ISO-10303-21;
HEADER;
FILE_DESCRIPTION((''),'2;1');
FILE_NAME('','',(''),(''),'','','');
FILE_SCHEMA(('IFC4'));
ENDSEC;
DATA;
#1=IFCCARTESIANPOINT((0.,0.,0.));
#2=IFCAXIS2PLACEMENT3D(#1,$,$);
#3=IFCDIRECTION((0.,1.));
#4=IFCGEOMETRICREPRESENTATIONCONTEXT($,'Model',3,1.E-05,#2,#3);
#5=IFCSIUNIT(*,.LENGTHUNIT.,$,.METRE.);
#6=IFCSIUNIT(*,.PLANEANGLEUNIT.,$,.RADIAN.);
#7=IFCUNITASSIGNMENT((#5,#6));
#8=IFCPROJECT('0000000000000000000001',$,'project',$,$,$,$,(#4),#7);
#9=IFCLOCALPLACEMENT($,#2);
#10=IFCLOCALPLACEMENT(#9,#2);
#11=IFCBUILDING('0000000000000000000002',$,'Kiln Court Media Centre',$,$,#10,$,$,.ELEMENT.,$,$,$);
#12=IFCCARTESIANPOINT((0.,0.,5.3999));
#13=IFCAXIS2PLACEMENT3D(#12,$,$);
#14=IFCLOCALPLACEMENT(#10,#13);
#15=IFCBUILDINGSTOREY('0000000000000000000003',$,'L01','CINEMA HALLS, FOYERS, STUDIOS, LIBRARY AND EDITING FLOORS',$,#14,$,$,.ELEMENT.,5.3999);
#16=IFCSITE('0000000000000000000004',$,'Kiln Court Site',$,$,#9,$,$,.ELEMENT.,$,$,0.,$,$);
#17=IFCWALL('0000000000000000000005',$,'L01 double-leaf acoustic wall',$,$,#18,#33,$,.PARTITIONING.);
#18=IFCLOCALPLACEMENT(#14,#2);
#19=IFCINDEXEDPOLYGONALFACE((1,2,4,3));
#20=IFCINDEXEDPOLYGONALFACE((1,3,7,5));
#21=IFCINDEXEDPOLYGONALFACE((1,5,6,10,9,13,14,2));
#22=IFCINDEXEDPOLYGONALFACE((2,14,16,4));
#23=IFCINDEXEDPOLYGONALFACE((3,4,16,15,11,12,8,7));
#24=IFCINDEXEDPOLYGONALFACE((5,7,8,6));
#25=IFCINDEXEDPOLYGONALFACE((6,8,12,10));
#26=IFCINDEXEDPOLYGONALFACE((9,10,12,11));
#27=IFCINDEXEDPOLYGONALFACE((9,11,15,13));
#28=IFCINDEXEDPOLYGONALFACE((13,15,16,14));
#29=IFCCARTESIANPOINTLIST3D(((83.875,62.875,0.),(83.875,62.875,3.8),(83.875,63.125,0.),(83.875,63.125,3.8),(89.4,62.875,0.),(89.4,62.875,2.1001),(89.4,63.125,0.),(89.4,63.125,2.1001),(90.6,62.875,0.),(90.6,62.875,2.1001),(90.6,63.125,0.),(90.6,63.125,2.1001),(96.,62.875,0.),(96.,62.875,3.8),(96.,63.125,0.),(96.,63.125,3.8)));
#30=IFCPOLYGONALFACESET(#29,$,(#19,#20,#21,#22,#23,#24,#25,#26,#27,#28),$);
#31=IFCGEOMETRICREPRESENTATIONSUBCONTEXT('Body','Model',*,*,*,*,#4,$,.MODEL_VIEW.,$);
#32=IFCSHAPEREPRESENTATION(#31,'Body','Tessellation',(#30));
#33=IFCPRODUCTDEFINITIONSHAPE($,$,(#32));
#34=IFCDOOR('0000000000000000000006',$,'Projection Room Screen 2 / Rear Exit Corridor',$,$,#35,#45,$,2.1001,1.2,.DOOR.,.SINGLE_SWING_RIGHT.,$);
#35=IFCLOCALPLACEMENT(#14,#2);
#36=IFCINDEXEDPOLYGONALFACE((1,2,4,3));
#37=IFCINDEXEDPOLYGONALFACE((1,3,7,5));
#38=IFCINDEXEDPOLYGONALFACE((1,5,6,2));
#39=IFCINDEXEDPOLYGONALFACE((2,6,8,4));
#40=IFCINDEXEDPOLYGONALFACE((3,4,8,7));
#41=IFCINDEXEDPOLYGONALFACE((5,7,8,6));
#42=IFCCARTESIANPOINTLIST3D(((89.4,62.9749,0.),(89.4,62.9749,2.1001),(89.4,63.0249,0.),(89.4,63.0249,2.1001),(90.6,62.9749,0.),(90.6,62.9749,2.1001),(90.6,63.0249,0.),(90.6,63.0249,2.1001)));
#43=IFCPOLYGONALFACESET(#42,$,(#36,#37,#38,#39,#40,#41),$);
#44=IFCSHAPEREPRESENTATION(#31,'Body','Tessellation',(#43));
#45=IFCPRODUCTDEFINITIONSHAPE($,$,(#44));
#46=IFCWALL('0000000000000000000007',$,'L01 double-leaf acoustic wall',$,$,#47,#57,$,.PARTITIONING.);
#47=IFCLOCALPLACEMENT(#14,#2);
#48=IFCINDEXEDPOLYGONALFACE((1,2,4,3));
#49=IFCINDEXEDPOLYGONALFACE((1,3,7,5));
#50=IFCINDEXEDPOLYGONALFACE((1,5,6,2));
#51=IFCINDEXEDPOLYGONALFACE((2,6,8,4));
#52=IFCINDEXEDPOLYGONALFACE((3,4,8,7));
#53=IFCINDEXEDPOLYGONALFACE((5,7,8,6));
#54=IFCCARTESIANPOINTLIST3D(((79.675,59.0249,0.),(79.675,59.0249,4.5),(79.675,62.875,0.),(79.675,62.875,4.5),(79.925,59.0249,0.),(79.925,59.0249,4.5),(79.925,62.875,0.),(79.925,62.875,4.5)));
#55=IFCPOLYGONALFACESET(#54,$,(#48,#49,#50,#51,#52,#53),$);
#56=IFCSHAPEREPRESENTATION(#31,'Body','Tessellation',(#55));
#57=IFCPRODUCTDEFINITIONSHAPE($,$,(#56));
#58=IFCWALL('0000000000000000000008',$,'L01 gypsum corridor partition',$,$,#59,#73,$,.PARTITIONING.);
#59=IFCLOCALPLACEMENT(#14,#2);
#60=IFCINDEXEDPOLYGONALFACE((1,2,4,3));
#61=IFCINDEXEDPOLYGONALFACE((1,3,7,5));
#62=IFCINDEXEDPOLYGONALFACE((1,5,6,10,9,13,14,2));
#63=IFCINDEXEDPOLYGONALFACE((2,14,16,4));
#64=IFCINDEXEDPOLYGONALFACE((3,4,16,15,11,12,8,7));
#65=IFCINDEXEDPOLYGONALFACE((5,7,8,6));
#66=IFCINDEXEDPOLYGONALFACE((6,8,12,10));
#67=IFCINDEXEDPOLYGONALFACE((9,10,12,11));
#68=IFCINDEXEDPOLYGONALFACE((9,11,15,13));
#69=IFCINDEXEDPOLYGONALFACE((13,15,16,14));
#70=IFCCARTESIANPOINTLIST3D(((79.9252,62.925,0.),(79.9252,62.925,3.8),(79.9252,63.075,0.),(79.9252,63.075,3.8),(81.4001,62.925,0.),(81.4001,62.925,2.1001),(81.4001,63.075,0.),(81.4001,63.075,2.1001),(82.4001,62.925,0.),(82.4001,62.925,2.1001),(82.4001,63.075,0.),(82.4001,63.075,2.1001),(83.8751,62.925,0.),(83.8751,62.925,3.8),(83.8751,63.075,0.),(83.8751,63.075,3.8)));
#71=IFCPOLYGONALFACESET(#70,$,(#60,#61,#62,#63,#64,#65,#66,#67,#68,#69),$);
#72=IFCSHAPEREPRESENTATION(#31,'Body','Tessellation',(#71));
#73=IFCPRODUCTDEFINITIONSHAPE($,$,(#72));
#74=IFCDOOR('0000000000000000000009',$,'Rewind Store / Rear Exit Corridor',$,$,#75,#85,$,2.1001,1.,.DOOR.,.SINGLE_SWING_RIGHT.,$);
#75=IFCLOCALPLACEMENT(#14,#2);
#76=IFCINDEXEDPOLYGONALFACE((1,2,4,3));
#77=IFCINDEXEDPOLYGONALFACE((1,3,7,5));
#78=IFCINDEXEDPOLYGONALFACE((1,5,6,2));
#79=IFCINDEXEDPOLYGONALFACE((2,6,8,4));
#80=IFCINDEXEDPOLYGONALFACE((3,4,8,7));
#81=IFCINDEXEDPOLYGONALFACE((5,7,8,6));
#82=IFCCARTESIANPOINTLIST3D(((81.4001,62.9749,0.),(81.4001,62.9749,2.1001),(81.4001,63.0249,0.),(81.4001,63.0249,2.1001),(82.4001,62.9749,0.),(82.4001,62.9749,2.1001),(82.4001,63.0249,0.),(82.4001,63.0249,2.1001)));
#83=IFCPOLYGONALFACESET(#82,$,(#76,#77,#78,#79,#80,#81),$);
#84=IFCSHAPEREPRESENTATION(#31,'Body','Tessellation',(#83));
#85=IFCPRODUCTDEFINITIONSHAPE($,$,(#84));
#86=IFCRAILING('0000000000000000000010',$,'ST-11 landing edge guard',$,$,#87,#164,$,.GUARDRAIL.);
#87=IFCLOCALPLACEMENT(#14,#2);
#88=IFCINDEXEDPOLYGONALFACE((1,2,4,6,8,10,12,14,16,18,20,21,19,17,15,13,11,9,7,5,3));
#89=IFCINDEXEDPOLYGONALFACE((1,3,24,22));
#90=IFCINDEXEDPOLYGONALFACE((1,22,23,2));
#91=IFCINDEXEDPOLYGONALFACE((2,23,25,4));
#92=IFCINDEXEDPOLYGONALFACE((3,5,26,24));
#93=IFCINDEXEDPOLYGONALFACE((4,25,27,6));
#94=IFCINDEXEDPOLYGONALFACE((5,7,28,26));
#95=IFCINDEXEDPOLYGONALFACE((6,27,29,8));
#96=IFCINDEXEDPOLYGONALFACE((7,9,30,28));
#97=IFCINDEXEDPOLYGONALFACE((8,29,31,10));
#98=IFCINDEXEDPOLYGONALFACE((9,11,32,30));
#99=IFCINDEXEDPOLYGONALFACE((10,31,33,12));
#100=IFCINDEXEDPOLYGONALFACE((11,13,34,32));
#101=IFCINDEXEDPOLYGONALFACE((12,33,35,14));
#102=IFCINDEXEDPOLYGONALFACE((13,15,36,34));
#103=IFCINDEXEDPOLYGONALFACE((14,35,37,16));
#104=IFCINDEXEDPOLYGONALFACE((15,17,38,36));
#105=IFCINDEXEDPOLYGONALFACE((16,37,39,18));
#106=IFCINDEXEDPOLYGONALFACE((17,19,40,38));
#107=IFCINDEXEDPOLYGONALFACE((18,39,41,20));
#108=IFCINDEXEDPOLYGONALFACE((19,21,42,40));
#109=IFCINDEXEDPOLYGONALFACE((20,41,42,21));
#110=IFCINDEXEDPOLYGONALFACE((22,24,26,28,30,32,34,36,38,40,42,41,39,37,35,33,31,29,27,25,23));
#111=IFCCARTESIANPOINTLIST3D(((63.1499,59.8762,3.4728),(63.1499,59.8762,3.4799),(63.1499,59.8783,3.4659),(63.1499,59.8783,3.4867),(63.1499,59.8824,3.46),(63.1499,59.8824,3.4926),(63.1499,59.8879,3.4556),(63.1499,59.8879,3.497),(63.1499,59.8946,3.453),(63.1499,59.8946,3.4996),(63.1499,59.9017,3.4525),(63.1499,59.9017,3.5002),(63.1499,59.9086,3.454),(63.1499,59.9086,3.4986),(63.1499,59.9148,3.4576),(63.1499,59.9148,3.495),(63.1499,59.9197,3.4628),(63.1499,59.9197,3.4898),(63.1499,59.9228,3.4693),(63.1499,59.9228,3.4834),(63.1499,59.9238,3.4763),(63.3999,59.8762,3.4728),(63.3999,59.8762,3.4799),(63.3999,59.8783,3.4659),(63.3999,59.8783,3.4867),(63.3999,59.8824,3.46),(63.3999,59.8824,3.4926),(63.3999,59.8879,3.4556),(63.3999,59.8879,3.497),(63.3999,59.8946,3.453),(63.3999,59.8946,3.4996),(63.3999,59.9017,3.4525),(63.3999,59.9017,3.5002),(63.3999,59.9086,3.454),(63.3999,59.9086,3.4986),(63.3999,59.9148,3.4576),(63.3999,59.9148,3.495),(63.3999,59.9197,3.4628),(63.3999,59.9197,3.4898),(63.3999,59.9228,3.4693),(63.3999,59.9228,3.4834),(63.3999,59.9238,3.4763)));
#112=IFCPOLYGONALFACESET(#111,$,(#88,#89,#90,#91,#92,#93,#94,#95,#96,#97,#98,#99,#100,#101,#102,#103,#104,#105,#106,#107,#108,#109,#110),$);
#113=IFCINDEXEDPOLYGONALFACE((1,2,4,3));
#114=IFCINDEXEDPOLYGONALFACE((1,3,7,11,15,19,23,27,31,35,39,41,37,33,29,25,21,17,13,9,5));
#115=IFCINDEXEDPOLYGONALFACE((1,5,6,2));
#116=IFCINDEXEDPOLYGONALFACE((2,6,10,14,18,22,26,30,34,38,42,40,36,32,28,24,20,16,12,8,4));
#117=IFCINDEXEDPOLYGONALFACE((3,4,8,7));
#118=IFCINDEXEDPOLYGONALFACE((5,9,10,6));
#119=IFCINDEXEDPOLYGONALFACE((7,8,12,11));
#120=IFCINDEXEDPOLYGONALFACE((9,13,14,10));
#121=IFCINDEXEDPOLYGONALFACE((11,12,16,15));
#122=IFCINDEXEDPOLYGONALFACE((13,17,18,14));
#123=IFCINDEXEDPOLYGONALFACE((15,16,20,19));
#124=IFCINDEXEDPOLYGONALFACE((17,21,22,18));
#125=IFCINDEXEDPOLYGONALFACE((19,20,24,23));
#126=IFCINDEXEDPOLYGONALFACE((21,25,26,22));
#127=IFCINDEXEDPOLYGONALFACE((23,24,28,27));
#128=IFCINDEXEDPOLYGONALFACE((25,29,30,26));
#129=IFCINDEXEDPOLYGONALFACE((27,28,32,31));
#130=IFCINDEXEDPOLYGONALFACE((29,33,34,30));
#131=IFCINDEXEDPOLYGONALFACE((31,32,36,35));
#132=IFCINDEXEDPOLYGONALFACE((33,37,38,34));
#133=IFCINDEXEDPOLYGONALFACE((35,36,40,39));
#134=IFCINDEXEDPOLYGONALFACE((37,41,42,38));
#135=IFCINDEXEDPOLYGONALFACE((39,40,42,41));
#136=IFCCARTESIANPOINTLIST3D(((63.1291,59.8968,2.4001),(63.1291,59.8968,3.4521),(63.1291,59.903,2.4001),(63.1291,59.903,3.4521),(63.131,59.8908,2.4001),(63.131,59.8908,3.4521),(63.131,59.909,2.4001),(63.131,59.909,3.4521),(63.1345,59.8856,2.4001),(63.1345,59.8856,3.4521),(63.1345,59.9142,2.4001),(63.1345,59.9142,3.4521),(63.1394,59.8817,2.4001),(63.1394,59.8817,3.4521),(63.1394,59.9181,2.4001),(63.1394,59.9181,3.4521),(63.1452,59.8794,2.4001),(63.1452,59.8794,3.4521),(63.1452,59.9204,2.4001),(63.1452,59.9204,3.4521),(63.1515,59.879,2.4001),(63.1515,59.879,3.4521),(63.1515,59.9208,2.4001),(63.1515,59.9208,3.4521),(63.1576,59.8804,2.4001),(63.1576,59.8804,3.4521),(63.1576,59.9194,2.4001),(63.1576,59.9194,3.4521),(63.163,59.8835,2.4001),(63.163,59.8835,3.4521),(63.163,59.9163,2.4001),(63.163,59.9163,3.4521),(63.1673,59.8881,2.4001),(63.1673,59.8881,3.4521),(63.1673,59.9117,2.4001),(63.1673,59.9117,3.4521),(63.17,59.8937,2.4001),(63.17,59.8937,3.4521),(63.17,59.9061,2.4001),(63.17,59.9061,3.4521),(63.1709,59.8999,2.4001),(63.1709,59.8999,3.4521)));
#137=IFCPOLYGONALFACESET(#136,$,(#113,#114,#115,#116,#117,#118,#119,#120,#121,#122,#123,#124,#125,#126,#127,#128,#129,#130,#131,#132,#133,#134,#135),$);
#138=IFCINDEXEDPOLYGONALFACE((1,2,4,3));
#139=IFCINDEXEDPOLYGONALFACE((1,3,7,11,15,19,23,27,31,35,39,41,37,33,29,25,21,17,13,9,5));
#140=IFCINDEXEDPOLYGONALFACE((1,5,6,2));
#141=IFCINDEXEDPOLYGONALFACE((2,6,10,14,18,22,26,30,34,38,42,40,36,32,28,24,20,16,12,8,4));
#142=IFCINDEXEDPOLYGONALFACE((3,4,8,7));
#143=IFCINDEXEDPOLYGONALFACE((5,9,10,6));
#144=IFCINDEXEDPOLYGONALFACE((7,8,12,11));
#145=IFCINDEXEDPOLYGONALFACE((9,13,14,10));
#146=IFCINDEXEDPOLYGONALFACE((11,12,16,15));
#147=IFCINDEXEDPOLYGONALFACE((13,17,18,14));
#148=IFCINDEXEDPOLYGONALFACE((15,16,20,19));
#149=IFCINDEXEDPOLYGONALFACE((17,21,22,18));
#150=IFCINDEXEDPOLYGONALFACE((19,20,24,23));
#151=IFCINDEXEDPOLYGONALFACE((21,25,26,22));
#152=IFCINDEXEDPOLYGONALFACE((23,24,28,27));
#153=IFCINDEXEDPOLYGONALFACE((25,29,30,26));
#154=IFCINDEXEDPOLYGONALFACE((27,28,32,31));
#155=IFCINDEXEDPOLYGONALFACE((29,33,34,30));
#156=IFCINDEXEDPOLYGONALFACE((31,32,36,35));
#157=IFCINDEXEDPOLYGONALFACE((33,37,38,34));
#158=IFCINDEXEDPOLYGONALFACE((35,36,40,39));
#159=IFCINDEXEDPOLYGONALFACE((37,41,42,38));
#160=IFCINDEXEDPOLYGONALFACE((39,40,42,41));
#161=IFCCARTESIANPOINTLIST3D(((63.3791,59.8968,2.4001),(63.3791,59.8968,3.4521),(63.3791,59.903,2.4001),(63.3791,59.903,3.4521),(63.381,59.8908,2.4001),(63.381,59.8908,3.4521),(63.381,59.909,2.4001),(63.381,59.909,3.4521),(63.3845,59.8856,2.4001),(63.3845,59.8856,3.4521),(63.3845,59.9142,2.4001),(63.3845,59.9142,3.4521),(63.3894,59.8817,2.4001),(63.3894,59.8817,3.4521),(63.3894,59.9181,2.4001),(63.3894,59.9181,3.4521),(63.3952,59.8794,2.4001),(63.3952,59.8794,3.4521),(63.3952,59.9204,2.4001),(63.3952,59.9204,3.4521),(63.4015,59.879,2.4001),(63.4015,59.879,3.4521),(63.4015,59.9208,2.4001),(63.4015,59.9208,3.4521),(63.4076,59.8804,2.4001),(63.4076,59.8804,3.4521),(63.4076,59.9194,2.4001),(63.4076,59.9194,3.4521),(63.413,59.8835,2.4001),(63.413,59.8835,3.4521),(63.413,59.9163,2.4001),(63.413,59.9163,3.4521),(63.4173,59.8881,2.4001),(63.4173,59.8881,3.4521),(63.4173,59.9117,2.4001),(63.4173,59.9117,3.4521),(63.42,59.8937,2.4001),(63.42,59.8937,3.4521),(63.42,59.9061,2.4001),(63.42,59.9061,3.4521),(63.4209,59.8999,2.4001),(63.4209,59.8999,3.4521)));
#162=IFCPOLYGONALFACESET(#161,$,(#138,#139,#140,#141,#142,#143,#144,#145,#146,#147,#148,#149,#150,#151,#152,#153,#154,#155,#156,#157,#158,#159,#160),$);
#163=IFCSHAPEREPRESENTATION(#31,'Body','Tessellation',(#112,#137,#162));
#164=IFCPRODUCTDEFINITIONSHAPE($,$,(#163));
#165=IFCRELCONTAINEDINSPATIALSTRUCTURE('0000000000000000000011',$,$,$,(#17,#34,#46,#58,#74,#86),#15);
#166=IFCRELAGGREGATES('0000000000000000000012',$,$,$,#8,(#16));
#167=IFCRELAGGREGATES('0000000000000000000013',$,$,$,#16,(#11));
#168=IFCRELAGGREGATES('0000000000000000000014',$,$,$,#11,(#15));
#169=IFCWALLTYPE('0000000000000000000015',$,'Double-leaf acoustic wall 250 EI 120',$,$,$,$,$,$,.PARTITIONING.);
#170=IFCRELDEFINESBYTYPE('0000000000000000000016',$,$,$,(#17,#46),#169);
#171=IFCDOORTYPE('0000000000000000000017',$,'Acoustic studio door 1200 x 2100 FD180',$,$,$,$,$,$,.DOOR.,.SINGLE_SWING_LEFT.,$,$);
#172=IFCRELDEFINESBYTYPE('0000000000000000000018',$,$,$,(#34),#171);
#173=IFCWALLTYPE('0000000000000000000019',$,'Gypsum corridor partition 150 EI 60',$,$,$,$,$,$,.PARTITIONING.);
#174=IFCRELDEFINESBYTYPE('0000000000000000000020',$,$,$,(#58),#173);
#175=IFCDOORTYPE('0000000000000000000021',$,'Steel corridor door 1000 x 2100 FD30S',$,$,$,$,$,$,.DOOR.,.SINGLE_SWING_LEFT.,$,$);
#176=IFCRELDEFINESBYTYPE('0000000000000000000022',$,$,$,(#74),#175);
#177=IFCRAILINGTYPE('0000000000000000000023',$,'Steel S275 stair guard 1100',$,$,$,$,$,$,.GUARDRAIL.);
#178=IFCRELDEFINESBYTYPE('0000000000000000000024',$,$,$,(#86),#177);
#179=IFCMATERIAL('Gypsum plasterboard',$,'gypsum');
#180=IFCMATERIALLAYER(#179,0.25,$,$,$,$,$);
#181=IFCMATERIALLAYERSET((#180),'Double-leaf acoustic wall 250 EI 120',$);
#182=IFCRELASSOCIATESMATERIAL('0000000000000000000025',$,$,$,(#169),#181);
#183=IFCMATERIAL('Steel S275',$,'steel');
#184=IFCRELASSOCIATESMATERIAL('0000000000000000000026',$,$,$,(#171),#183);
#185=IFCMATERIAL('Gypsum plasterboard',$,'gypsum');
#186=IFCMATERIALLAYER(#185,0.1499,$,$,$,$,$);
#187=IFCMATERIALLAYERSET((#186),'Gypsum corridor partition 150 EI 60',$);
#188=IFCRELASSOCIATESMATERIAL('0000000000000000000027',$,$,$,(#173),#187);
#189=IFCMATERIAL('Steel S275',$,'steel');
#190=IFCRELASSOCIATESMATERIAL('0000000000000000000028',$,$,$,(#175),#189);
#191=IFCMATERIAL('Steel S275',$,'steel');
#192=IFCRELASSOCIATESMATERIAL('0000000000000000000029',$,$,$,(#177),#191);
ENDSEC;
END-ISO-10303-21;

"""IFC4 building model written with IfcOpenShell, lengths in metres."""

from ifc_helpers import new_model, si_unit, direction, frame, frame_2d, origin, origin_2d, place, context, subcontext, project, spatial, rectangle, circle, extrude, material, layer, layer_set, type_object, element, fill, save


model = new_model("IFC4")

# Units and contexts
model_context = context("Model", 3, precision=1e-05, world=origin(), true_north=direction((0.0, 1.0)))
body_context = subcontext(model_context, "Body", "Model", "MODEL_VIEW")
ifc_project = project(units=[si_unit("LENGTHUNIT", "METRE"), si_unit("PLANEANGLEUNIT", "RADIAN")], contexts=[model_context])

# Site, building, storey
site_placement = place(None, origin())
site = spatial("IfcSite", under=ifc_project, at=site_placement, Name="Kiln Court Site", CompositionType="ELEMENT", RefElevation=0.0)
building_placement = place(site_placement, origin())
building = spatial("IfcBuilding", under=site, at=building_placement, Name="Kiln Court Media Centre", CompositionType="ELEMENT")
storey_placement = place(building_placement, frame((0.0, 0.0, 5.3999)))
storey = spatial("IfcBuildingStorey", under=building, at=storey_placement, Name="L01", Description="CINEMA HALLS, FOYERS, STUDIOS, LIBRARY AND EDITING FLOORS", CompositionType="ELEMENT", Elevation=5.3999)

# Wall, opening, door
ifc_material_1 = material(Name="Gypsum plasterboard", Category="gypsum")
ifc_layer_1 = layer(ifc_material_1, 0.25)
ifc_layer_set_1 = layer_set([ifc_layer_1], Name="Double-leaf acoustic wall 250 EI 120")
wall_type_1 = type_object("IfcWallType", Name="Double-leaf acoustic wall 250 EI 120", PredefinedType="PARTITIONING", material=ifc_layer_set_1)
ifc_material_2 = material(Name="Steel S275", Category="steel")
door_type_1 = type_object("IfcDoorType", Name="Acoustic studio door 1200 x 2100 FD180", OperationType="SINGLE_SWING_LEFT", PredefinedType="DOOR", material=ifc_material_2)
wall_1_placement = place(storey_placement, frame((83.875, 63.0, 0.0), z_axis=(0.0, 0.0, 1.0), x_axis=(1.0, 0.0, 0.0)))
wall_1 = element("IfcWall", 1, at=wall_1_placement, inside=storey, type_object=wall_type_1, Name="L01 double-leaf acoustic wall", PredefinedType="PARTITIONING", context=body_context, shape_type="SweptSolid", body=[
    extrude(rectangle(XDim=12.125, YDim=0.25, at=frame_2d((6.0625, 0.0))), origin(), (0.0, 0.0, 1.0), 3.8),
])
opening_1_placement = place(wall_1_placement, frame((5.5249, 0.0, 0.0)))
opening_1 = element("IfcOpeningElement", 2, at=opening_1_placement, cuts=wall_1, PredefinedType="OPENING", context=body_context, shape_type="SweptSolid", body=[
    extrude(rectangle(XDim=1.2, YDim=2.1001, at=frame_2d((0.6001, 1.05))), frame((0.0, 0.135, 0.0), z_axis=(0.0, -1.0, 0.0), x_axis=(1.0, 0.0, 0.0)), (0.0, 0.0, 1.0), 0.27),
])
door_1_placement = place(opening_1_placement, origin())
door_1 = element("IfcDoor", 3, at=door_1_placement, inside=storey, type_object=door_type_1, Name="Projection Room Screen 2 / Rear Exit Corridor", OperationType="SINGLE_SWING_RIGHT", OverallHeight=2.1001, OverallWidth=1.2, PredefinedType="DOOR", context=body_context, shape_type="SweptSolid", body=[
    extrude(rectangle(XDim=1.2, YDim=2.1001, at=frame_2d((0.6001, 1.05))), frame((0.0, 0.0249, 0.0), z_axis=(0.0, -1.0, 0.0), x_axis=(1.0, 0.0, 0.0)), (0.0, 0.0, 1.0), 0.05),
])
fill(opening_1, door_1)

# Wall
wall_2_placement = place(storey_placement, frame((79.8, 59.0249, 0.0), z_axis=(0.0, 0.0, 1.0), x_axis=(0.0, 1.0, 0.0)))
element("IfcWall", 4, at=wall_2_placement, inside=storey, type_object=wall_type_1, Name="L01 double-leaf acoustic wall", PredefinedType="PARTITIONING", context=body_context, shape_type="SweptSolid", body=[
    extrude(rectangle(XDim=3.8501, YDim=0.25, at=frame_2d((1.925, 0.0))), origin(), (0.0, 0.0, 1.0), 4.5),
])

# Wall, opening, door
ifc_material_3 = material(Name="Gypsum plasterboard", Category="gypsum")
ifc_layer_2 = layer(ifc_material_3, 0.1499)
ifc_layer_set_2 = layer_set([ifc_layer_2], Name="Gypsum corridor partition 150 EI 60")
wall_type_2 = type_object("IfcWallType", Name="Gypsum corridor partition 150 EI 60", PredefinedType="PARTITIONING", material=ifc_layer_set_2)
wall_3_placement = place(storey_placement, frame((79.925, 63.0, 0.0), z_axis=(0.0, 0.0, 1.0), x_axis=(1.0, 0.0, 0.0)))
wall_3 = element("IfcWall", 5, at=wall_3_placement, inside=storey, type_object=wall_type_2, Name="L01 gypsum corridor partition", PredefinedType="PARTITIONING", context=body_context, shape_type="SweptSolid", body=[
    extrude(rectangle(XDim=3.95, YDim=0.1499, at=frame_2d((1.9751, 0.0))), origin(), (0.0, 0.0, 1.0), 3.8),
])
opening_2_placement = place(wall_3_placement, frame((1.4751, 0.0, 0.0)))
opening_2 = element("IfcOpeningElement", 6, at=opening_2_placement, cuts=wall_3, PredefinedType="OPENING", context=body_context, shape_type="SweptSolid", body=[
    extrude(rectangle(XDim=1.0, YDim=2.1001, at=frame_2d((0.5, 1.05))), frame((0.0, 0.085, 0.0), z_axis=(0.0, -1.0, 0.0), x_axis=(1.0, 0.0, 0.0)), (0.0, 0.0, 1.0), 0.1699),
])
ifc_material_4 = material(Name="Steel S275", Category="steel")
door_type_2 = type_object("IfcDoorType", Name="Steel corridor door 1000 x 2100 FD30S", OperationType="SINGLE_SWING_LEFT", PredefinedType="DOOR", material=ifc_material_4)
door_2_placement = place(opening_2_placement, origin())
door_2 = element("IfcDoor", 7, at=door_2_placement, inside=storey, type_object=door_type_2, Name="Rewind Store / Rear Exit Corridor", OperationType="SINGLE_SWING_RIGHT", OverallHeight=2.1001, OverallWidth=1.0, PredefinedType="DOOR", context=body_context, shape_type="SweptSolid", body=[
    extrude(rectangle(XDim=1.0, YDim=2.1001, at=frame_2d((0.5, 1.05))), frame((0.0, 0.0249, 0.0), z_axis=(0.0, -1.0, 0.0), x_axis=(1.0, 0.0, 0.0)), (0.0, 0.0, 1.0), 0.05),
])
fill(opening_2, door_2)

# Railing
ifc_material_5 = material(Name="Steel S275", Category="steel")
railing_type_1 = type_object("IfcRailingType", Name="Steel S275 stair guard 1100", PredefinedType="GUARDRAIL", material=ifc_material_5)
for number, where, name in (
    (8, (63.1499, 59.8999, 2.4001), "ST-11 landing edge guard"),
):
    element("IfcRailing", number, at=place(storey_placement, frame(where)), inside=storey, type_object=railing_type_1, Name=name, PredefinedType="GUARDRAIL", context=body_context, shape_type="SweptSolid", body=[
        extrude(circle(Radius=0.0239, at=origin_2d()), frame((0.0, 0.0, 1.0762), z_axis=(1.0, 0.0, 0.0), x_axis=(0.0, 1.0, 0.0)), (0.0, 0.0, 1.0), 0.25),
        extrude(circle(Radius=0.021, at=origin_2d()), origin(), (0.0, 0.0, 1.0), 1.052),
        extrude(circle(Radius=0.021, at=origin_2d()), frame((0.25, 0.0, 0.0)), (0.0, 0.0, 1.0), 1.052),
    ])

save(model, "model.ifc")
